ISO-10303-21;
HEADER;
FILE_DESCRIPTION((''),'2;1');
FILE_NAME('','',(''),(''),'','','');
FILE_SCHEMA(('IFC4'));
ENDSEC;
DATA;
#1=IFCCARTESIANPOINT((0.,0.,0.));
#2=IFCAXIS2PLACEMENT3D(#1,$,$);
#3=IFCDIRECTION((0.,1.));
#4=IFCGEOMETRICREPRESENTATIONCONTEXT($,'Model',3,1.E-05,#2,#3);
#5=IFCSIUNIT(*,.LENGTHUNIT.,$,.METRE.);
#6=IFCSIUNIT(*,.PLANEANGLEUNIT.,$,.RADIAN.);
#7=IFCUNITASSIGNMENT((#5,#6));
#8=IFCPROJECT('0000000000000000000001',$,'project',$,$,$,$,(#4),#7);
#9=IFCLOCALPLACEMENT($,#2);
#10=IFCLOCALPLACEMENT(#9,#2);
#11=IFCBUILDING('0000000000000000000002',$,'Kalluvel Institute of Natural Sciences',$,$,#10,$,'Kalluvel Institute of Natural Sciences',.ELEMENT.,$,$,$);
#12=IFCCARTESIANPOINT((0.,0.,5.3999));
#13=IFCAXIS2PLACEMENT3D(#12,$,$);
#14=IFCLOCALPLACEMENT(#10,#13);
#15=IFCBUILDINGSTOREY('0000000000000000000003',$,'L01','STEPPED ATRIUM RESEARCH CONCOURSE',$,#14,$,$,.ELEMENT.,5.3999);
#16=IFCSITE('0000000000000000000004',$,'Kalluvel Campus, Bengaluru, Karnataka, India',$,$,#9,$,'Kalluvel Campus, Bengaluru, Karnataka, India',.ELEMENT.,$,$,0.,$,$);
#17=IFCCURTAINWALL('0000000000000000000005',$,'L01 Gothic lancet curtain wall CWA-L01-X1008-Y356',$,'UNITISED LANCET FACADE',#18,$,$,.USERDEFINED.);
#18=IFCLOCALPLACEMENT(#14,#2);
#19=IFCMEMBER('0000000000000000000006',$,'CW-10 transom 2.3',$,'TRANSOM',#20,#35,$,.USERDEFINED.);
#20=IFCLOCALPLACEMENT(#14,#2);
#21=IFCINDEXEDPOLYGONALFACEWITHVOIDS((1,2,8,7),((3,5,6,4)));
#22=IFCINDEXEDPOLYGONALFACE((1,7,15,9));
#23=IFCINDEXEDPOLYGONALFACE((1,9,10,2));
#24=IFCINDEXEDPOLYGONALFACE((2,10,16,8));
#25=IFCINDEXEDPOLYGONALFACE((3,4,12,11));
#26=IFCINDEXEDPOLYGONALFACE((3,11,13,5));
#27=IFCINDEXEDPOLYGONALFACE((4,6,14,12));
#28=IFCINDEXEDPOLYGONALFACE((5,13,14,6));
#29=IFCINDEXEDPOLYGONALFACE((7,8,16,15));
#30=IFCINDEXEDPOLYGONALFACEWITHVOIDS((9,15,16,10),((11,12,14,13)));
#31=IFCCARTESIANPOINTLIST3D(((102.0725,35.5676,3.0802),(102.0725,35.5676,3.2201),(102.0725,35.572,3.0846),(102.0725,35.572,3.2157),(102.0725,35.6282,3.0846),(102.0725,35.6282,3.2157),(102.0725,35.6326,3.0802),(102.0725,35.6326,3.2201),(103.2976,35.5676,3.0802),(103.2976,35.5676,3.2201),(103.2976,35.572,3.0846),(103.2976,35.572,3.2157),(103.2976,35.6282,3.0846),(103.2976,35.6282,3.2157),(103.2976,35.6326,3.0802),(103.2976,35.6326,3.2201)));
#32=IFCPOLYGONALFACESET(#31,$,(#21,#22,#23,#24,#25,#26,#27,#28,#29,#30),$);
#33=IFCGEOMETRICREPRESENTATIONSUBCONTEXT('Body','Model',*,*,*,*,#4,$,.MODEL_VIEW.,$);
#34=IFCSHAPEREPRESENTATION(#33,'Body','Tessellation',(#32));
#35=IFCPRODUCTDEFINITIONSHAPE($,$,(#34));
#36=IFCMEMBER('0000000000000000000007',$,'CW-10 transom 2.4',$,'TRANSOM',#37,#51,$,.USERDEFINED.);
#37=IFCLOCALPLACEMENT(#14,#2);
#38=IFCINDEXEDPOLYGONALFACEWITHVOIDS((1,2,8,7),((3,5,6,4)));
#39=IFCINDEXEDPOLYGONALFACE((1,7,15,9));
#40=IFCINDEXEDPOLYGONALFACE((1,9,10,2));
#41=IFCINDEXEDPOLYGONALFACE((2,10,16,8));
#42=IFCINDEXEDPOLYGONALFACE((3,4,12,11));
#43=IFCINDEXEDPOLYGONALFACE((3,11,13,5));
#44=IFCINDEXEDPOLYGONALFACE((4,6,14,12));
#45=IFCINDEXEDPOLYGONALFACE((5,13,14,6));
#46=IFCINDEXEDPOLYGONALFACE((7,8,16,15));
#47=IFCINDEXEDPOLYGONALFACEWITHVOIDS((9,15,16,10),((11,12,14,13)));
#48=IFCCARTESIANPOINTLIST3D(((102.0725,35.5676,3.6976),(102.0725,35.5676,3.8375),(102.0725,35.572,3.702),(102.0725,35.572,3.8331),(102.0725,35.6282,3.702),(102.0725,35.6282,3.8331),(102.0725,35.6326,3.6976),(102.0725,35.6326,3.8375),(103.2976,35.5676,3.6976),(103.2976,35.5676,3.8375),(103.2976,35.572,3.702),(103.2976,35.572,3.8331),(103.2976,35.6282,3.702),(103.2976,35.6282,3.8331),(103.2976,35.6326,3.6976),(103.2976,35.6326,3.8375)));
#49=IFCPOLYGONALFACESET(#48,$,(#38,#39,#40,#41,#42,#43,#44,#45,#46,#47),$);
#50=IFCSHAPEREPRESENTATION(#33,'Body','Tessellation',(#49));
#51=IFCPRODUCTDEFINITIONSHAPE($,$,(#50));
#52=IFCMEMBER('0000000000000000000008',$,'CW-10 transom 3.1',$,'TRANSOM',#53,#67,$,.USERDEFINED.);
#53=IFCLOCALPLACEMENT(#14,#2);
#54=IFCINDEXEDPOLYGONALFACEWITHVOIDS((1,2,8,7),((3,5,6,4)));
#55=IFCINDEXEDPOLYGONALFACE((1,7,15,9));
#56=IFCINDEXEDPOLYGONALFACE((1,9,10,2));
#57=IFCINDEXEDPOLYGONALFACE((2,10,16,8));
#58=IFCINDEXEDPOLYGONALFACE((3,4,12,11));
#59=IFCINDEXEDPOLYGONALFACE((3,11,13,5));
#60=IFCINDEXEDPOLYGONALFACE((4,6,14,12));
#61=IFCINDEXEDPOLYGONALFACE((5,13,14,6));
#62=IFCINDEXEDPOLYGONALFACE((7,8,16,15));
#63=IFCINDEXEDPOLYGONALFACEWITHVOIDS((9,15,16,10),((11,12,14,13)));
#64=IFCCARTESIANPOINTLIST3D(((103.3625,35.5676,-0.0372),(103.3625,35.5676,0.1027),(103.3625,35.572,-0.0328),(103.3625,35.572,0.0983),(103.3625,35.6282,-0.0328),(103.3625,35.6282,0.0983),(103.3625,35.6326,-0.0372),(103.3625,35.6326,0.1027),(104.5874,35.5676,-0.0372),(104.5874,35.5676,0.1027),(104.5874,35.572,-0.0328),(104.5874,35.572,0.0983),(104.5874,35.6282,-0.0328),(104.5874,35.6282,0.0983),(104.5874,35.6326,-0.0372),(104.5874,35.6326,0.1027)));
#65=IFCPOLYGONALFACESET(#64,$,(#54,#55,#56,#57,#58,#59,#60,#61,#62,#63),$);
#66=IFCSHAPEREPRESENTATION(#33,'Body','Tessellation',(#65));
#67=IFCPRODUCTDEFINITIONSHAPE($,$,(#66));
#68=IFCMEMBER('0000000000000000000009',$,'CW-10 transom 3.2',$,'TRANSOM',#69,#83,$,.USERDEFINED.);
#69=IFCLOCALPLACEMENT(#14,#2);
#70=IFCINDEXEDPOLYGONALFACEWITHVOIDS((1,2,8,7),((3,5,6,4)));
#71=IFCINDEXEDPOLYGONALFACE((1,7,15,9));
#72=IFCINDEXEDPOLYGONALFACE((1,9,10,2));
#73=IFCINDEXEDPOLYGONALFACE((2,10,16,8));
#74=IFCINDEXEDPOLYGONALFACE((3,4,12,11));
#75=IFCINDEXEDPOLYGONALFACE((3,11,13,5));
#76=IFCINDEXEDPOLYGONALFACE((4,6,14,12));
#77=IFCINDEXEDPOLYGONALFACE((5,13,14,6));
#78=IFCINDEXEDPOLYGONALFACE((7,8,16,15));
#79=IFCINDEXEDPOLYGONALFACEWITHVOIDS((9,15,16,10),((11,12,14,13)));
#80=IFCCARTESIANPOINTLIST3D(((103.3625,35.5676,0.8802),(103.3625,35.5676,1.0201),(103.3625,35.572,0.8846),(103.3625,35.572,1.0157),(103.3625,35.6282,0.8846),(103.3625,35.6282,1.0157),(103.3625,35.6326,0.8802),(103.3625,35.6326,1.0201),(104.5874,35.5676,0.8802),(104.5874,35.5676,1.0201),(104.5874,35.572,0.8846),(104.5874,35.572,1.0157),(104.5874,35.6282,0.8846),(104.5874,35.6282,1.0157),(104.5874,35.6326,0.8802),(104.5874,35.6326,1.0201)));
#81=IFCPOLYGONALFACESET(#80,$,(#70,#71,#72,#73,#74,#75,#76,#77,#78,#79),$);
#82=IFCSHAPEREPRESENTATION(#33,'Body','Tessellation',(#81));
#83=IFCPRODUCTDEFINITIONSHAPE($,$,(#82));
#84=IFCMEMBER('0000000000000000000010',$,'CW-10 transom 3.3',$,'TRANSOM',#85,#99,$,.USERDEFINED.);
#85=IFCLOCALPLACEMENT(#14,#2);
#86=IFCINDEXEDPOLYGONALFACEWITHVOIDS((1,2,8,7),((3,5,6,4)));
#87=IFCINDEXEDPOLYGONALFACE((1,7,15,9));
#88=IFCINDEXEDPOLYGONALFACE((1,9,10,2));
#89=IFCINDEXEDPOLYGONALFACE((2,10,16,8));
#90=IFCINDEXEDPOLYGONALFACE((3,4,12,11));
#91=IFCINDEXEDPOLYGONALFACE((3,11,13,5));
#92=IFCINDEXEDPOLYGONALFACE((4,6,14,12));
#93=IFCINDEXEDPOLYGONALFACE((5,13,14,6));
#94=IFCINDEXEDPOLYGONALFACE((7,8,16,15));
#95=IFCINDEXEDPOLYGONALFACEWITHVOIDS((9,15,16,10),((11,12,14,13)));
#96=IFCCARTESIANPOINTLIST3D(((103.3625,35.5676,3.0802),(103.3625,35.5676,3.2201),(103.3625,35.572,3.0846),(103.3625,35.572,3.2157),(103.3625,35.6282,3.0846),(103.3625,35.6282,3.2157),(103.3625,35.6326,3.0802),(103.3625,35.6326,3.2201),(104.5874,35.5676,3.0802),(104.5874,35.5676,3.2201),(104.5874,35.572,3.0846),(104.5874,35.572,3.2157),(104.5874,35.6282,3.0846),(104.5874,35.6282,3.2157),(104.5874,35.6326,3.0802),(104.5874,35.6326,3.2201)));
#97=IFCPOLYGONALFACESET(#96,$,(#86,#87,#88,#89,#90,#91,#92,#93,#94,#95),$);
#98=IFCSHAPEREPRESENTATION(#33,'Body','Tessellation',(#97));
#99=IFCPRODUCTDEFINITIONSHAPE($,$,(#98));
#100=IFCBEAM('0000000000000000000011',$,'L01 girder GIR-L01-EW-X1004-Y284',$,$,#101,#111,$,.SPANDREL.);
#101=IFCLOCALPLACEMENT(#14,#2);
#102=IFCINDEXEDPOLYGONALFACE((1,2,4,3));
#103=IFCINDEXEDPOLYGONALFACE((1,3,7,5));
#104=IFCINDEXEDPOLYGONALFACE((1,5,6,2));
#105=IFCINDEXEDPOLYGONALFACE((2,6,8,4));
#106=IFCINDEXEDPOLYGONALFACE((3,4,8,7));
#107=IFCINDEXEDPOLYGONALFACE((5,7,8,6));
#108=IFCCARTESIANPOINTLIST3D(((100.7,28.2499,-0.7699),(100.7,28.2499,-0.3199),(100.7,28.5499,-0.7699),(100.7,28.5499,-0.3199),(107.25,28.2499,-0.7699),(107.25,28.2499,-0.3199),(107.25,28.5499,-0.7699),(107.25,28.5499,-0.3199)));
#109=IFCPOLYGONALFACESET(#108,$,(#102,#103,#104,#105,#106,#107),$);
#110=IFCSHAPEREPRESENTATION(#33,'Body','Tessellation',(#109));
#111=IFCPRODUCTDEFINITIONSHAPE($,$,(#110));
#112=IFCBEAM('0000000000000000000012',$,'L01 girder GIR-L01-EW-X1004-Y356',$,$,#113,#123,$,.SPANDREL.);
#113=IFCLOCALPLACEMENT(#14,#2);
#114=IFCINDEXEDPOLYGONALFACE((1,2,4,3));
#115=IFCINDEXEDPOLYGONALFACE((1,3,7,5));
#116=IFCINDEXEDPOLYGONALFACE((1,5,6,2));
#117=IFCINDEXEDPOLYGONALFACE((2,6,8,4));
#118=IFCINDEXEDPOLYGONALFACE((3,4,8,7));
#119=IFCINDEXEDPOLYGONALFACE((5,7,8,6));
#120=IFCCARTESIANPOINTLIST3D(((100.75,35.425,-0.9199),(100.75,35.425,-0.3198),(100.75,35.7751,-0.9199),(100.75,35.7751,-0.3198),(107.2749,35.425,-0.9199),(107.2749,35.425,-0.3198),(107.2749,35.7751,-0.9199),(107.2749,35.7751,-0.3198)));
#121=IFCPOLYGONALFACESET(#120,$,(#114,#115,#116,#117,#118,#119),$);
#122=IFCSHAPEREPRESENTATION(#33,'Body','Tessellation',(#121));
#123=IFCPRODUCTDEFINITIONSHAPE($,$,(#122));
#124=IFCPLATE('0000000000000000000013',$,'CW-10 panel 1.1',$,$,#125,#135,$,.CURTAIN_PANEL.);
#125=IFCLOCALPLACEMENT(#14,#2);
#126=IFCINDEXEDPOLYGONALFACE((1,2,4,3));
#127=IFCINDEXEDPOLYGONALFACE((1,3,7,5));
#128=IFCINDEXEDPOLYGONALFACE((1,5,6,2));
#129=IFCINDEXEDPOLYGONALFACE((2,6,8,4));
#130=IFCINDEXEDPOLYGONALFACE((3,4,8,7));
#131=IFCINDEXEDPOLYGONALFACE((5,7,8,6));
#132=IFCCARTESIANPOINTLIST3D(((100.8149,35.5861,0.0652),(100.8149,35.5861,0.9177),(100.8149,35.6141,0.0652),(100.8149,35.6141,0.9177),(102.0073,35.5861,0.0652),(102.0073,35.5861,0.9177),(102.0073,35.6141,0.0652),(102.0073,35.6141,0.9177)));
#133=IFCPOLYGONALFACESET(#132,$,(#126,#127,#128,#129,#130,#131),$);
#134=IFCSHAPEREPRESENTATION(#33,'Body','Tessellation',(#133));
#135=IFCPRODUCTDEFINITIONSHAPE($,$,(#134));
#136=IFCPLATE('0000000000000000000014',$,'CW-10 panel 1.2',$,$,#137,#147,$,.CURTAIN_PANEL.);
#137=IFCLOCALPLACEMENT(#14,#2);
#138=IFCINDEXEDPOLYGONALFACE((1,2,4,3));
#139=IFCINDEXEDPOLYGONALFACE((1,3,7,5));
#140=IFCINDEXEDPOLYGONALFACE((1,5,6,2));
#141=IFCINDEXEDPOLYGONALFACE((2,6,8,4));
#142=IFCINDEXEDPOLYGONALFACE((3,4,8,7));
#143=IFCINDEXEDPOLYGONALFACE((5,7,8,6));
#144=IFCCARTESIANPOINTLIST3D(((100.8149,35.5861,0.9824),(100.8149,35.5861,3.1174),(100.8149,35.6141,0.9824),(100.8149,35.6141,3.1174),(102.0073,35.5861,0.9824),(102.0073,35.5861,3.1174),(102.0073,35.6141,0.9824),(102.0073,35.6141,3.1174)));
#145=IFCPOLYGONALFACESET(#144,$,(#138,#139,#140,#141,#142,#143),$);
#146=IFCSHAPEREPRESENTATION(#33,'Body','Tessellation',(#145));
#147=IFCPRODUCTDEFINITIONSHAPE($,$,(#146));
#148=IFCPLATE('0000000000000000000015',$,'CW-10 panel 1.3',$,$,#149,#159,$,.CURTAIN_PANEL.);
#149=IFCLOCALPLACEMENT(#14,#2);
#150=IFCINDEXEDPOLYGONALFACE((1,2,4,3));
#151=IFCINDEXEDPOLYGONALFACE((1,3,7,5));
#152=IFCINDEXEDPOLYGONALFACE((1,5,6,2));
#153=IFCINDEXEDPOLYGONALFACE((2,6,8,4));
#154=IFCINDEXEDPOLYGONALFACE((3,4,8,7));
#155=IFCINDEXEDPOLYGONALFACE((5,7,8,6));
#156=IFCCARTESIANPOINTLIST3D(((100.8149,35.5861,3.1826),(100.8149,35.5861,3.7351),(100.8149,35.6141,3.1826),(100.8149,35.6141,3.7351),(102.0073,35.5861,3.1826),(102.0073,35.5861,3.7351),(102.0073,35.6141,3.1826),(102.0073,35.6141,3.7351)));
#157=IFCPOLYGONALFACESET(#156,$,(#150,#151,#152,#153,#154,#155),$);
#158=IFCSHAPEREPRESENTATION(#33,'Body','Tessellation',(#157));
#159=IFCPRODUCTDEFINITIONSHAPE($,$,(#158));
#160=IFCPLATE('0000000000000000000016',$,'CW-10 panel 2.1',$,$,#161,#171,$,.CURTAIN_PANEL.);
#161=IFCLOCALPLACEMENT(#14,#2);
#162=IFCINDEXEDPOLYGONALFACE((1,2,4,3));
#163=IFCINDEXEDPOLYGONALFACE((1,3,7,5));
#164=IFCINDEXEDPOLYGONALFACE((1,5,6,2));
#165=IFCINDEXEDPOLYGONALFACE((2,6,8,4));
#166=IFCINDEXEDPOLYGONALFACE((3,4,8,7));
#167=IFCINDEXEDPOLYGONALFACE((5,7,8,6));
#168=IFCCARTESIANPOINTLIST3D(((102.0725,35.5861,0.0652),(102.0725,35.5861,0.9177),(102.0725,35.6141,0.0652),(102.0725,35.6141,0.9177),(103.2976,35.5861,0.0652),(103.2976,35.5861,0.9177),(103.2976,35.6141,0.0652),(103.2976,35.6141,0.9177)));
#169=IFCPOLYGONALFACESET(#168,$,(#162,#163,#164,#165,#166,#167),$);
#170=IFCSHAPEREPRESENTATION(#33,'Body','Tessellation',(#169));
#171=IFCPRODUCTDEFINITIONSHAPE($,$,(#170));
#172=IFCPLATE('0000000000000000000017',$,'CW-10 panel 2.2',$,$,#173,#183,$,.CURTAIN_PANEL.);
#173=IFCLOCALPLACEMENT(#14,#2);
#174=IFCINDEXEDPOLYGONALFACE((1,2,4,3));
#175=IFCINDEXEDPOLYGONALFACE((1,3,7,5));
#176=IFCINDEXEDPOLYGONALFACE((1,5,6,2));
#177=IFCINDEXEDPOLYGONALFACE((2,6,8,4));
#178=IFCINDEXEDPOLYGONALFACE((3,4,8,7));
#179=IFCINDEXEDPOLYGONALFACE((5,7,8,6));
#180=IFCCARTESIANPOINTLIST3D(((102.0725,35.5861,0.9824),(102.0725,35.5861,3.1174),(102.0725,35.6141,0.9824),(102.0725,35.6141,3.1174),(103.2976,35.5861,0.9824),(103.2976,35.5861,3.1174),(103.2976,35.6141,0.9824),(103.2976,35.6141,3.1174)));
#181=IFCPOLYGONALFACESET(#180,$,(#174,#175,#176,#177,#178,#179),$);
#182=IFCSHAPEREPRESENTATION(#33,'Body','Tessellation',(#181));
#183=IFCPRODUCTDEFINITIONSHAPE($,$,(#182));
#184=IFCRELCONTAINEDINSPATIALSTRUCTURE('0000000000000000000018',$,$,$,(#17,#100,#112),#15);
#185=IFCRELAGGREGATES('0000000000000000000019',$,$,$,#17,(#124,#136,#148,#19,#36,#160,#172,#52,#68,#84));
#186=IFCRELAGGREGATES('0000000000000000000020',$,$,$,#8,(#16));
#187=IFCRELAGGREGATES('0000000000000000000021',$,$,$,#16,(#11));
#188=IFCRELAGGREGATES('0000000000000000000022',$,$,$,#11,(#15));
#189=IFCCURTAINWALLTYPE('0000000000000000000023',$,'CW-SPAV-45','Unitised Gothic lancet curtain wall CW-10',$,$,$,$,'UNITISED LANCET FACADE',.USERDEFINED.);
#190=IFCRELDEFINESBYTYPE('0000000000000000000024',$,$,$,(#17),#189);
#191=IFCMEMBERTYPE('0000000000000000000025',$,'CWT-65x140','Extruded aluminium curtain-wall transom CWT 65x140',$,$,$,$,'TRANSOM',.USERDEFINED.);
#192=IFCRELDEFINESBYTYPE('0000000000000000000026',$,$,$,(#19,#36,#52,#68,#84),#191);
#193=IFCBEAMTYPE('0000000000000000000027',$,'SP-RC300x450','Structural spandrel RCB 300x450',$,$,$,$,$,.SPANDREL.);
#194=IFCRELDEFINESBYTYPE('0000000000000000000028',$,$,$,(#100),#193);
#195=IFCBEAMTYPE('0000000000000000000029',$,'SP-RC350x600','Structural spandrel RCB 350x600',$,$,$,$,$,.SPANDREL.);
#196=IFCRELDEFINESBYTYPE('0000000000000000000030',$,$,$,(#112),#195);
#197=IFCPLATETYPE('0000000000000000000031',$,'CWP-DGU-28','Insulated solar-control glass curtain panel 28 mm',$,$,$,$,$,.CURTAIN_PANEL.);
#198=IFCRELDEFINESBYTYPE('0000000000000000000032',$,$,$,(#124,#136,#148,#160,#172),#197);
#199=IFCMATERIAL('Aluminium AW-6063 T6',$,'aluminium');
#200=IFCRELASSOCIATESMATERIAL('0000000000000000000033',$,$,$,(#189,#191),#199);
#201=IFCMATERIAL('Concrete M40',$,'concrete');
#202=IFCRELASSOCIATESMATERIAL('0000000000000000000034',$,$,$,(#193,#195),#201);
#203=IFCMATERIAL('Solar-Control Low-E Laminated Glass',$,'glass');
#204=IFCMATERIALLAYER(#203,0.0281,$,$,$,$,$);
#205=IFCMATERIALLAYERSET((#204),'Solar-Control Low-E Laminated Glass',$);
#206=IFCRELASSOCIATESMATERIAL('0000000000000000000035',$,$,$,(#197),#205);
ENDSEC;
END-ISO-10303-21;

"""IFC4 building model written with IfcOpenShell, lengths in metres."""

from ifc_helpers import new_model, si_unit, direction, frame, origin, origin_2d, place, context, subcontext, project, spatial, rectangle, hollow_rectangle, extrude, material, layer, layer_set, material_profile, profile_set, type_object, element, aggregate, save


model = new_model("IFC4")

# Units and contexts
model_context = context("Model", 3, precision=1e-05, world=origin(), true_north=direction((0.0, 1.0)))
body_context = subcontext(model_context, "Body", "Model", "MODEL_VIEW")
ifc_project = project(units=[si_unit("LENGTHUNIT", "METRE"), si_unit("PLANEANGLEUNIT", "RADIAN")], contexts=[model_context])

# Site, building, storey
site_placement = place(None, origin())
site = spatial("IfcSite", under=ifc_project, at=site_placement, Name="Kalluvel Campus, Bengaluru, Karnataka, India", LongName="Kalluvel Campus, Bengaluru, Karnataka, India", CompositionType="ELEMENT", RefElevation=0.0)
building_placement = place(site_placement, origin())
building = spatial("IfcBuilding", under=site, at=building_placement, Name="Kalluvel Institute of Natural Sciences", LongName="Kalluvel Institute of Natural Sciences", CompositionType="ELEMENT")
storey_placement = place(building_placement, frame((0.0, 0.0, 5.3999)))
storey = spatial("IfcBuildingStorey", under=building, at=storey_placement, Name="L01", Description="STEPPED ATRIUM RESEARCH CONCOURSE", CompositionType="ELEMENT", Elevation=5.3999)

# Shared definitions
ifc_material_1 = material(Name="Concrete M40", Category="concrete")

# Curtain wall
ifc_material_2 = material(Name="Aluminium AW-6063 T6", Category="aluminium")
curtain_wall_type = type_object("IfcCurtainWallType", Name="CW-SPAV-45", Description="Unitised Gothic lancet curtain wall CW-10", ElementType="UNITISED LANCET FACADE", PredefinedType="USERDEFINED", material=ifc_material_2)
curtain_wall_1_placement = place(storey_placement, origin())
curtain_wall_1 = element("IfcCurtainWall", 1, at=curtain_wall_1_placement, inside=storey, type_object=curtain_wall_type, Name="L01 Gothic lancet curtain wall CWA-L01-X1008-Y356", ObjectType="UNITISED LANCET FACADE", PredefinedType="USERDEFINED")

# Members
ifc_material_profile_1 = material_profile(ifc_material_2, hollow_rectangle(XDim=0.0649, YDim=0.1399, WallThickness=0.0044, at=origin_2d()), Name="CWT 65x140")
ifc_profile_set_1 = profile_set([ifc_material_profile_1], Name="Aluminium AW-6063 T6")
member_type_1 = type_object("IfcMemberType", Name="CWT-65x140", Description="Extruded aluminium curtain-wall transom CWT 65x140", ElementType="TRANSOM", PredefinedType="USERDEFINED", material=ifc_profile_set_1)
member_1_placement = place(storey_placement, frame((102.0725, 35.6001, 3.1501), z_axis=(1.0, 0.0, 0.0), x_axis=(0.0, 1.0, 0.0)))
member_1 = element("IfcMember", 2, at=member_1_placement, type_object=member_type_1, Name="CW-10 transom 2.3", ObjectType="TRANSOM", PredefinedType="USERDEFINED", context=body_context, shape_type="SweptSolid", body=[
    extrude(hollow_rectangle(XDim=0.0649, YDim=0.1399, WallThickness=0.0044, at=origin_2d()), origin(), (0.0, 0.0, 1.0), 1.2251),
])
member_2_placement = place(storey_placement, frame((102.0725, 35.6001, 3.7676), z_axis=(1.0, 0.0, 0.0), x_axis=(0.0, 1.0, 0.0)))
member_2 = element("IfcMember", 3, at=member_2_placement, type_object=member_type_1, Name="CW-10 transom 2.4", ObjectType="TRANSOM", PredefinedType="USERDEFINED", context=body_context, shape_type="SweptSolid", body=[
    extrude(hollow_rectangle(XDim=0.0649, YDim=0.1399, WallThickness=0.0044, at=origin_2d()), origin(), (0.0, 0.0, 1.0), 1.2251),
])
member_3_placement = place(storey_placement, frame((103.3625, 35.6001, 0.0327), z_axis=(1.0, 0.0, 0.0), x_axis=(0.0, 1.0, 0.0)))
member_3 = element("IfcMember", 4, at=member_3_placement, type_object=member_type_1, Name="CW-10 transom 3.1", ObjectType="TRANSOM", PredefinedType="USERDEFINED", context=body_context, shape_type="SweptSolid", body=[
    extrude(hollow_rectangle(XDim=0.0649, YDim=0.1399, WallThickness=0.0044, at=origin_2d()), origin(), (0.0, 0.0, 1.0), 1.2249),
])
member_4_placement = place(storey_placement, frame((103.3625, 35.6001, 0.9502), z_axis=(1.0, 0.0, 0.0), x_axis=(0.0, 1.0, 0.0)))
member_4 = element("IfcMember", 5, at=member_4_placement, type_object=member_type_1, Name="CW-10 transom 3.2", ObjectType="TRANSOM", PredefinedType="USERDEFINED", context=body_context, shape_type="SweptSolid", body=[
    extrude(hollow_rectangle(XDim=0.0649, YDim=0.1399, WallThickness=0.0044, at=origin_2d()), origin(), (0.0, 0.0, 1.0), 1.2249),
])
member_5_placement = place(storey_placement, frame((103.3625, 35.6001, 3.1501), z_axis=(1.0, 0.0, 0.0), x_axis=(0.0, 1.0, 0.0)))
member_5 = element("IfcMember", 6, at=member_5_placement, type_object=member_type_1, Name="CW-10 transom 3.3", ObjectType="TRANSOM", PredefinedType="USERDEFINED", context=body_context, shape_type="SweptSolid", body=[
    extrude(hollow_rectangle(XDim=0.0649, YDim=0.1399, WallThickness=0.0044, at=origin_2d()), origin(), (0.0, 0.0, 1.0), 1.2249),
])

# Beams
ifc_material_profile_2 = material_profile(ifc_material_1, rectangle(XDim=0.3, YDim=0.45, at=origin_2d()), Name="RCB 300x450")
ifc_profile_set_2 = profile_set([ifc_material_profile_2], Name="Concrete M40")
beam_type_1 = type_object("IfcBeamType", Name="SP-RC300x450", Description="Structural spandrel RCB 300x450", PredefinedType="SPANDREL", material=ifc_profile_set_2)
beam_1_placement = place(storey_placement, frame((100.7, 28.3999, -0.5449), z_axis=(1.0, 0.0, 0.0), x_axis=(0.0, 1.0, 0.0)))
element("IfcBeam", 7, at=beam_1_placement, inside=storey, type_object=beam_type_1, Name="L01 girder GIR-L01-EW-X1004-Y284", PredefinedType="SPANDREL", context=body_context, shape_type="SweptSolid", body=[
    extrude(rectangle(XDim=0.3, YDim=0.45, at=origin_2d()), origin(), (0.0, 0.0, 1.0), 6.55),
])
ifc_material_profile_3 = material_profile(ifc_material_1, rectangle(XDim=0.3501, YDim=0.6001, at=origin_2d()), Name="RCB 350x600")
ifc_profile_set_3 = profile_set([ifc_material_profile_3], Name="Concrete M40")
beam_type_2 = type_object("IfcBeamType", Name="SP-RC350x600", Description="Structural spandrel RCB 350x600", PredefinedType="SPANDREL", material=ifc_profile_set_3)
beam_2_placement = place(storey_placement, frame((100.75, 35.6001, -0.6199), z_axis=(1.0, 0.0, 0.0), x_axis=(0.0, 1.0, 0.0)))
element("IfcBeam", 8, at=beam_2_placement, inside=storey, type_object=beam_type_2, Name="L01 girder GIR-L01-EW-X1004-Y356", PredefinedType="SPANDREL", context=body_context, shape_type="SweptSolid", body=[
    extrude(rectangle(XDim=0.3501, YDim=0.6001, at=origin_2d()), origin(), (0.0, 0.0, 1.0), 6.5249),
])

# Plates
ifc_material_3 = material(Name="Solar-Control Low-E Laminated Glass", Category="glass")
ifc_layer = layer(ifc_material_3, 0.0281)
ifc_layer_set = layer_set([ifc_layer], Name="Solar-Control Low-E Laminated Glass")
plate_type = type_object("IfcPlateType", Name="CWP-DGU-28", Description="Insulated solar-control glass curtain panel 28 mm", PredefinedType="CURTAIN_PANEL", material=ifc_layer_set)
plate_1_placement = place(storey_placement, frame((101.4111, 35.6001, 0.0652), z_axis=(0.0, 0.0, 1.0), x_axis=(1.0, 0.0, 0.0)))
plate_1 = element("IfcPlate", 9, at=plate_1_placement, type_object=plate_type, Name="CW-10 panel 1.1", PredefinedType="CURTAIN_PANEL", context=body_context, shape_type="SweptSolid", body=[
    extrude(rectangle(XDim=1.1924, YDim=0.0281, at=origin_2d()), origin(), (0.0, 0.0, 1.0), 0.8525),
])
plate_2_placement = place(storey_placement, frame((101.4111, 35.6001, 0.9824), z_axis=(0.0, 0.0, 1.0), x_axis=(1.0, 0.0, 0.0)))
plate_2 = element("IfcPlate", 10, at=plate_2_placement, type_object=plate_type, Name="CW-10 panel 1.2", PredefinedType="CURTAIN_PANEL", context=body_context, shape_type="SweptSolid", body=[
    extrude(rectangle(XDim=1.1924, YDim=0.0281, at=origin_2d()), origin(), (0.0, 0.0, 1.0), 2.135),
])
plate_3_placement = place(storey_placement, frame((101.4111, 35.6001, 3.1826), z_axis=(0.0, 0.0, 1.0), x_axis=(1.0, 0.0, 0.0)))
plate_3 = element("IfcPlate", 11, at=plate_3_placement, type_object=plate_type, Name="CW-10 panel 1.3", PredefinedType="CURTAIN_PANEL", context=body_context, shape_type="SweptSolid", body=[
    extrude(rectangle(XDim=1.1924, YDim=0.0281, at=origin_2d()), origin(), (0.0, 0.0, 1.0), 0.5525),
])
plate_4_placement = place(storey_placement, frame((102.6851, 35.6001, 0.0652), z_axis=(0.0, 0.0, 1.0), x_axis=(1.0, 0.0, 0.0)))
plate_4 = element("IfcPlate", 12, at=plate_4_placement, type_object=plate_type, Name="CW-10 panel 2.1", PredefinedType="CURTAIN_PANEL", context=body_context, shape_type="SweptSolid", body=[
    extrude(rectangle(XDim=1.2251, YDim=0.0281, at=origin_2d()), origin(), (0.0, 0.0, 1.0), 0.8525),
])
plate_5_placement = place(storey_placement, frame((102.6851, 35.6001, 0.9824), z_axis=(0.0, 0.0, 1.0), x_axis=(1.0, 0.0, 0.0)))
plate_5 = element("IfcPlate", 13, at=plate_5_placement, type_object=plate_type, Name="CW-10 panel 2.2", PredefinedType="CURTAIN_PANEL", context=body_context, shape_type="SweptSolid", body=[
    extrude(rectangle(XDim=1.2251, YDim=0.0281, at=origin_2d()), origin(), (0.0, 0.0, 1.0), 2.135),
])
aggregate(curtain_wall_1, [plate_1, plate_2, plate_3, member_1, member_2, plate_4, plate_5, member_3, member_4, member_5])

save(model, "model.ifc")
